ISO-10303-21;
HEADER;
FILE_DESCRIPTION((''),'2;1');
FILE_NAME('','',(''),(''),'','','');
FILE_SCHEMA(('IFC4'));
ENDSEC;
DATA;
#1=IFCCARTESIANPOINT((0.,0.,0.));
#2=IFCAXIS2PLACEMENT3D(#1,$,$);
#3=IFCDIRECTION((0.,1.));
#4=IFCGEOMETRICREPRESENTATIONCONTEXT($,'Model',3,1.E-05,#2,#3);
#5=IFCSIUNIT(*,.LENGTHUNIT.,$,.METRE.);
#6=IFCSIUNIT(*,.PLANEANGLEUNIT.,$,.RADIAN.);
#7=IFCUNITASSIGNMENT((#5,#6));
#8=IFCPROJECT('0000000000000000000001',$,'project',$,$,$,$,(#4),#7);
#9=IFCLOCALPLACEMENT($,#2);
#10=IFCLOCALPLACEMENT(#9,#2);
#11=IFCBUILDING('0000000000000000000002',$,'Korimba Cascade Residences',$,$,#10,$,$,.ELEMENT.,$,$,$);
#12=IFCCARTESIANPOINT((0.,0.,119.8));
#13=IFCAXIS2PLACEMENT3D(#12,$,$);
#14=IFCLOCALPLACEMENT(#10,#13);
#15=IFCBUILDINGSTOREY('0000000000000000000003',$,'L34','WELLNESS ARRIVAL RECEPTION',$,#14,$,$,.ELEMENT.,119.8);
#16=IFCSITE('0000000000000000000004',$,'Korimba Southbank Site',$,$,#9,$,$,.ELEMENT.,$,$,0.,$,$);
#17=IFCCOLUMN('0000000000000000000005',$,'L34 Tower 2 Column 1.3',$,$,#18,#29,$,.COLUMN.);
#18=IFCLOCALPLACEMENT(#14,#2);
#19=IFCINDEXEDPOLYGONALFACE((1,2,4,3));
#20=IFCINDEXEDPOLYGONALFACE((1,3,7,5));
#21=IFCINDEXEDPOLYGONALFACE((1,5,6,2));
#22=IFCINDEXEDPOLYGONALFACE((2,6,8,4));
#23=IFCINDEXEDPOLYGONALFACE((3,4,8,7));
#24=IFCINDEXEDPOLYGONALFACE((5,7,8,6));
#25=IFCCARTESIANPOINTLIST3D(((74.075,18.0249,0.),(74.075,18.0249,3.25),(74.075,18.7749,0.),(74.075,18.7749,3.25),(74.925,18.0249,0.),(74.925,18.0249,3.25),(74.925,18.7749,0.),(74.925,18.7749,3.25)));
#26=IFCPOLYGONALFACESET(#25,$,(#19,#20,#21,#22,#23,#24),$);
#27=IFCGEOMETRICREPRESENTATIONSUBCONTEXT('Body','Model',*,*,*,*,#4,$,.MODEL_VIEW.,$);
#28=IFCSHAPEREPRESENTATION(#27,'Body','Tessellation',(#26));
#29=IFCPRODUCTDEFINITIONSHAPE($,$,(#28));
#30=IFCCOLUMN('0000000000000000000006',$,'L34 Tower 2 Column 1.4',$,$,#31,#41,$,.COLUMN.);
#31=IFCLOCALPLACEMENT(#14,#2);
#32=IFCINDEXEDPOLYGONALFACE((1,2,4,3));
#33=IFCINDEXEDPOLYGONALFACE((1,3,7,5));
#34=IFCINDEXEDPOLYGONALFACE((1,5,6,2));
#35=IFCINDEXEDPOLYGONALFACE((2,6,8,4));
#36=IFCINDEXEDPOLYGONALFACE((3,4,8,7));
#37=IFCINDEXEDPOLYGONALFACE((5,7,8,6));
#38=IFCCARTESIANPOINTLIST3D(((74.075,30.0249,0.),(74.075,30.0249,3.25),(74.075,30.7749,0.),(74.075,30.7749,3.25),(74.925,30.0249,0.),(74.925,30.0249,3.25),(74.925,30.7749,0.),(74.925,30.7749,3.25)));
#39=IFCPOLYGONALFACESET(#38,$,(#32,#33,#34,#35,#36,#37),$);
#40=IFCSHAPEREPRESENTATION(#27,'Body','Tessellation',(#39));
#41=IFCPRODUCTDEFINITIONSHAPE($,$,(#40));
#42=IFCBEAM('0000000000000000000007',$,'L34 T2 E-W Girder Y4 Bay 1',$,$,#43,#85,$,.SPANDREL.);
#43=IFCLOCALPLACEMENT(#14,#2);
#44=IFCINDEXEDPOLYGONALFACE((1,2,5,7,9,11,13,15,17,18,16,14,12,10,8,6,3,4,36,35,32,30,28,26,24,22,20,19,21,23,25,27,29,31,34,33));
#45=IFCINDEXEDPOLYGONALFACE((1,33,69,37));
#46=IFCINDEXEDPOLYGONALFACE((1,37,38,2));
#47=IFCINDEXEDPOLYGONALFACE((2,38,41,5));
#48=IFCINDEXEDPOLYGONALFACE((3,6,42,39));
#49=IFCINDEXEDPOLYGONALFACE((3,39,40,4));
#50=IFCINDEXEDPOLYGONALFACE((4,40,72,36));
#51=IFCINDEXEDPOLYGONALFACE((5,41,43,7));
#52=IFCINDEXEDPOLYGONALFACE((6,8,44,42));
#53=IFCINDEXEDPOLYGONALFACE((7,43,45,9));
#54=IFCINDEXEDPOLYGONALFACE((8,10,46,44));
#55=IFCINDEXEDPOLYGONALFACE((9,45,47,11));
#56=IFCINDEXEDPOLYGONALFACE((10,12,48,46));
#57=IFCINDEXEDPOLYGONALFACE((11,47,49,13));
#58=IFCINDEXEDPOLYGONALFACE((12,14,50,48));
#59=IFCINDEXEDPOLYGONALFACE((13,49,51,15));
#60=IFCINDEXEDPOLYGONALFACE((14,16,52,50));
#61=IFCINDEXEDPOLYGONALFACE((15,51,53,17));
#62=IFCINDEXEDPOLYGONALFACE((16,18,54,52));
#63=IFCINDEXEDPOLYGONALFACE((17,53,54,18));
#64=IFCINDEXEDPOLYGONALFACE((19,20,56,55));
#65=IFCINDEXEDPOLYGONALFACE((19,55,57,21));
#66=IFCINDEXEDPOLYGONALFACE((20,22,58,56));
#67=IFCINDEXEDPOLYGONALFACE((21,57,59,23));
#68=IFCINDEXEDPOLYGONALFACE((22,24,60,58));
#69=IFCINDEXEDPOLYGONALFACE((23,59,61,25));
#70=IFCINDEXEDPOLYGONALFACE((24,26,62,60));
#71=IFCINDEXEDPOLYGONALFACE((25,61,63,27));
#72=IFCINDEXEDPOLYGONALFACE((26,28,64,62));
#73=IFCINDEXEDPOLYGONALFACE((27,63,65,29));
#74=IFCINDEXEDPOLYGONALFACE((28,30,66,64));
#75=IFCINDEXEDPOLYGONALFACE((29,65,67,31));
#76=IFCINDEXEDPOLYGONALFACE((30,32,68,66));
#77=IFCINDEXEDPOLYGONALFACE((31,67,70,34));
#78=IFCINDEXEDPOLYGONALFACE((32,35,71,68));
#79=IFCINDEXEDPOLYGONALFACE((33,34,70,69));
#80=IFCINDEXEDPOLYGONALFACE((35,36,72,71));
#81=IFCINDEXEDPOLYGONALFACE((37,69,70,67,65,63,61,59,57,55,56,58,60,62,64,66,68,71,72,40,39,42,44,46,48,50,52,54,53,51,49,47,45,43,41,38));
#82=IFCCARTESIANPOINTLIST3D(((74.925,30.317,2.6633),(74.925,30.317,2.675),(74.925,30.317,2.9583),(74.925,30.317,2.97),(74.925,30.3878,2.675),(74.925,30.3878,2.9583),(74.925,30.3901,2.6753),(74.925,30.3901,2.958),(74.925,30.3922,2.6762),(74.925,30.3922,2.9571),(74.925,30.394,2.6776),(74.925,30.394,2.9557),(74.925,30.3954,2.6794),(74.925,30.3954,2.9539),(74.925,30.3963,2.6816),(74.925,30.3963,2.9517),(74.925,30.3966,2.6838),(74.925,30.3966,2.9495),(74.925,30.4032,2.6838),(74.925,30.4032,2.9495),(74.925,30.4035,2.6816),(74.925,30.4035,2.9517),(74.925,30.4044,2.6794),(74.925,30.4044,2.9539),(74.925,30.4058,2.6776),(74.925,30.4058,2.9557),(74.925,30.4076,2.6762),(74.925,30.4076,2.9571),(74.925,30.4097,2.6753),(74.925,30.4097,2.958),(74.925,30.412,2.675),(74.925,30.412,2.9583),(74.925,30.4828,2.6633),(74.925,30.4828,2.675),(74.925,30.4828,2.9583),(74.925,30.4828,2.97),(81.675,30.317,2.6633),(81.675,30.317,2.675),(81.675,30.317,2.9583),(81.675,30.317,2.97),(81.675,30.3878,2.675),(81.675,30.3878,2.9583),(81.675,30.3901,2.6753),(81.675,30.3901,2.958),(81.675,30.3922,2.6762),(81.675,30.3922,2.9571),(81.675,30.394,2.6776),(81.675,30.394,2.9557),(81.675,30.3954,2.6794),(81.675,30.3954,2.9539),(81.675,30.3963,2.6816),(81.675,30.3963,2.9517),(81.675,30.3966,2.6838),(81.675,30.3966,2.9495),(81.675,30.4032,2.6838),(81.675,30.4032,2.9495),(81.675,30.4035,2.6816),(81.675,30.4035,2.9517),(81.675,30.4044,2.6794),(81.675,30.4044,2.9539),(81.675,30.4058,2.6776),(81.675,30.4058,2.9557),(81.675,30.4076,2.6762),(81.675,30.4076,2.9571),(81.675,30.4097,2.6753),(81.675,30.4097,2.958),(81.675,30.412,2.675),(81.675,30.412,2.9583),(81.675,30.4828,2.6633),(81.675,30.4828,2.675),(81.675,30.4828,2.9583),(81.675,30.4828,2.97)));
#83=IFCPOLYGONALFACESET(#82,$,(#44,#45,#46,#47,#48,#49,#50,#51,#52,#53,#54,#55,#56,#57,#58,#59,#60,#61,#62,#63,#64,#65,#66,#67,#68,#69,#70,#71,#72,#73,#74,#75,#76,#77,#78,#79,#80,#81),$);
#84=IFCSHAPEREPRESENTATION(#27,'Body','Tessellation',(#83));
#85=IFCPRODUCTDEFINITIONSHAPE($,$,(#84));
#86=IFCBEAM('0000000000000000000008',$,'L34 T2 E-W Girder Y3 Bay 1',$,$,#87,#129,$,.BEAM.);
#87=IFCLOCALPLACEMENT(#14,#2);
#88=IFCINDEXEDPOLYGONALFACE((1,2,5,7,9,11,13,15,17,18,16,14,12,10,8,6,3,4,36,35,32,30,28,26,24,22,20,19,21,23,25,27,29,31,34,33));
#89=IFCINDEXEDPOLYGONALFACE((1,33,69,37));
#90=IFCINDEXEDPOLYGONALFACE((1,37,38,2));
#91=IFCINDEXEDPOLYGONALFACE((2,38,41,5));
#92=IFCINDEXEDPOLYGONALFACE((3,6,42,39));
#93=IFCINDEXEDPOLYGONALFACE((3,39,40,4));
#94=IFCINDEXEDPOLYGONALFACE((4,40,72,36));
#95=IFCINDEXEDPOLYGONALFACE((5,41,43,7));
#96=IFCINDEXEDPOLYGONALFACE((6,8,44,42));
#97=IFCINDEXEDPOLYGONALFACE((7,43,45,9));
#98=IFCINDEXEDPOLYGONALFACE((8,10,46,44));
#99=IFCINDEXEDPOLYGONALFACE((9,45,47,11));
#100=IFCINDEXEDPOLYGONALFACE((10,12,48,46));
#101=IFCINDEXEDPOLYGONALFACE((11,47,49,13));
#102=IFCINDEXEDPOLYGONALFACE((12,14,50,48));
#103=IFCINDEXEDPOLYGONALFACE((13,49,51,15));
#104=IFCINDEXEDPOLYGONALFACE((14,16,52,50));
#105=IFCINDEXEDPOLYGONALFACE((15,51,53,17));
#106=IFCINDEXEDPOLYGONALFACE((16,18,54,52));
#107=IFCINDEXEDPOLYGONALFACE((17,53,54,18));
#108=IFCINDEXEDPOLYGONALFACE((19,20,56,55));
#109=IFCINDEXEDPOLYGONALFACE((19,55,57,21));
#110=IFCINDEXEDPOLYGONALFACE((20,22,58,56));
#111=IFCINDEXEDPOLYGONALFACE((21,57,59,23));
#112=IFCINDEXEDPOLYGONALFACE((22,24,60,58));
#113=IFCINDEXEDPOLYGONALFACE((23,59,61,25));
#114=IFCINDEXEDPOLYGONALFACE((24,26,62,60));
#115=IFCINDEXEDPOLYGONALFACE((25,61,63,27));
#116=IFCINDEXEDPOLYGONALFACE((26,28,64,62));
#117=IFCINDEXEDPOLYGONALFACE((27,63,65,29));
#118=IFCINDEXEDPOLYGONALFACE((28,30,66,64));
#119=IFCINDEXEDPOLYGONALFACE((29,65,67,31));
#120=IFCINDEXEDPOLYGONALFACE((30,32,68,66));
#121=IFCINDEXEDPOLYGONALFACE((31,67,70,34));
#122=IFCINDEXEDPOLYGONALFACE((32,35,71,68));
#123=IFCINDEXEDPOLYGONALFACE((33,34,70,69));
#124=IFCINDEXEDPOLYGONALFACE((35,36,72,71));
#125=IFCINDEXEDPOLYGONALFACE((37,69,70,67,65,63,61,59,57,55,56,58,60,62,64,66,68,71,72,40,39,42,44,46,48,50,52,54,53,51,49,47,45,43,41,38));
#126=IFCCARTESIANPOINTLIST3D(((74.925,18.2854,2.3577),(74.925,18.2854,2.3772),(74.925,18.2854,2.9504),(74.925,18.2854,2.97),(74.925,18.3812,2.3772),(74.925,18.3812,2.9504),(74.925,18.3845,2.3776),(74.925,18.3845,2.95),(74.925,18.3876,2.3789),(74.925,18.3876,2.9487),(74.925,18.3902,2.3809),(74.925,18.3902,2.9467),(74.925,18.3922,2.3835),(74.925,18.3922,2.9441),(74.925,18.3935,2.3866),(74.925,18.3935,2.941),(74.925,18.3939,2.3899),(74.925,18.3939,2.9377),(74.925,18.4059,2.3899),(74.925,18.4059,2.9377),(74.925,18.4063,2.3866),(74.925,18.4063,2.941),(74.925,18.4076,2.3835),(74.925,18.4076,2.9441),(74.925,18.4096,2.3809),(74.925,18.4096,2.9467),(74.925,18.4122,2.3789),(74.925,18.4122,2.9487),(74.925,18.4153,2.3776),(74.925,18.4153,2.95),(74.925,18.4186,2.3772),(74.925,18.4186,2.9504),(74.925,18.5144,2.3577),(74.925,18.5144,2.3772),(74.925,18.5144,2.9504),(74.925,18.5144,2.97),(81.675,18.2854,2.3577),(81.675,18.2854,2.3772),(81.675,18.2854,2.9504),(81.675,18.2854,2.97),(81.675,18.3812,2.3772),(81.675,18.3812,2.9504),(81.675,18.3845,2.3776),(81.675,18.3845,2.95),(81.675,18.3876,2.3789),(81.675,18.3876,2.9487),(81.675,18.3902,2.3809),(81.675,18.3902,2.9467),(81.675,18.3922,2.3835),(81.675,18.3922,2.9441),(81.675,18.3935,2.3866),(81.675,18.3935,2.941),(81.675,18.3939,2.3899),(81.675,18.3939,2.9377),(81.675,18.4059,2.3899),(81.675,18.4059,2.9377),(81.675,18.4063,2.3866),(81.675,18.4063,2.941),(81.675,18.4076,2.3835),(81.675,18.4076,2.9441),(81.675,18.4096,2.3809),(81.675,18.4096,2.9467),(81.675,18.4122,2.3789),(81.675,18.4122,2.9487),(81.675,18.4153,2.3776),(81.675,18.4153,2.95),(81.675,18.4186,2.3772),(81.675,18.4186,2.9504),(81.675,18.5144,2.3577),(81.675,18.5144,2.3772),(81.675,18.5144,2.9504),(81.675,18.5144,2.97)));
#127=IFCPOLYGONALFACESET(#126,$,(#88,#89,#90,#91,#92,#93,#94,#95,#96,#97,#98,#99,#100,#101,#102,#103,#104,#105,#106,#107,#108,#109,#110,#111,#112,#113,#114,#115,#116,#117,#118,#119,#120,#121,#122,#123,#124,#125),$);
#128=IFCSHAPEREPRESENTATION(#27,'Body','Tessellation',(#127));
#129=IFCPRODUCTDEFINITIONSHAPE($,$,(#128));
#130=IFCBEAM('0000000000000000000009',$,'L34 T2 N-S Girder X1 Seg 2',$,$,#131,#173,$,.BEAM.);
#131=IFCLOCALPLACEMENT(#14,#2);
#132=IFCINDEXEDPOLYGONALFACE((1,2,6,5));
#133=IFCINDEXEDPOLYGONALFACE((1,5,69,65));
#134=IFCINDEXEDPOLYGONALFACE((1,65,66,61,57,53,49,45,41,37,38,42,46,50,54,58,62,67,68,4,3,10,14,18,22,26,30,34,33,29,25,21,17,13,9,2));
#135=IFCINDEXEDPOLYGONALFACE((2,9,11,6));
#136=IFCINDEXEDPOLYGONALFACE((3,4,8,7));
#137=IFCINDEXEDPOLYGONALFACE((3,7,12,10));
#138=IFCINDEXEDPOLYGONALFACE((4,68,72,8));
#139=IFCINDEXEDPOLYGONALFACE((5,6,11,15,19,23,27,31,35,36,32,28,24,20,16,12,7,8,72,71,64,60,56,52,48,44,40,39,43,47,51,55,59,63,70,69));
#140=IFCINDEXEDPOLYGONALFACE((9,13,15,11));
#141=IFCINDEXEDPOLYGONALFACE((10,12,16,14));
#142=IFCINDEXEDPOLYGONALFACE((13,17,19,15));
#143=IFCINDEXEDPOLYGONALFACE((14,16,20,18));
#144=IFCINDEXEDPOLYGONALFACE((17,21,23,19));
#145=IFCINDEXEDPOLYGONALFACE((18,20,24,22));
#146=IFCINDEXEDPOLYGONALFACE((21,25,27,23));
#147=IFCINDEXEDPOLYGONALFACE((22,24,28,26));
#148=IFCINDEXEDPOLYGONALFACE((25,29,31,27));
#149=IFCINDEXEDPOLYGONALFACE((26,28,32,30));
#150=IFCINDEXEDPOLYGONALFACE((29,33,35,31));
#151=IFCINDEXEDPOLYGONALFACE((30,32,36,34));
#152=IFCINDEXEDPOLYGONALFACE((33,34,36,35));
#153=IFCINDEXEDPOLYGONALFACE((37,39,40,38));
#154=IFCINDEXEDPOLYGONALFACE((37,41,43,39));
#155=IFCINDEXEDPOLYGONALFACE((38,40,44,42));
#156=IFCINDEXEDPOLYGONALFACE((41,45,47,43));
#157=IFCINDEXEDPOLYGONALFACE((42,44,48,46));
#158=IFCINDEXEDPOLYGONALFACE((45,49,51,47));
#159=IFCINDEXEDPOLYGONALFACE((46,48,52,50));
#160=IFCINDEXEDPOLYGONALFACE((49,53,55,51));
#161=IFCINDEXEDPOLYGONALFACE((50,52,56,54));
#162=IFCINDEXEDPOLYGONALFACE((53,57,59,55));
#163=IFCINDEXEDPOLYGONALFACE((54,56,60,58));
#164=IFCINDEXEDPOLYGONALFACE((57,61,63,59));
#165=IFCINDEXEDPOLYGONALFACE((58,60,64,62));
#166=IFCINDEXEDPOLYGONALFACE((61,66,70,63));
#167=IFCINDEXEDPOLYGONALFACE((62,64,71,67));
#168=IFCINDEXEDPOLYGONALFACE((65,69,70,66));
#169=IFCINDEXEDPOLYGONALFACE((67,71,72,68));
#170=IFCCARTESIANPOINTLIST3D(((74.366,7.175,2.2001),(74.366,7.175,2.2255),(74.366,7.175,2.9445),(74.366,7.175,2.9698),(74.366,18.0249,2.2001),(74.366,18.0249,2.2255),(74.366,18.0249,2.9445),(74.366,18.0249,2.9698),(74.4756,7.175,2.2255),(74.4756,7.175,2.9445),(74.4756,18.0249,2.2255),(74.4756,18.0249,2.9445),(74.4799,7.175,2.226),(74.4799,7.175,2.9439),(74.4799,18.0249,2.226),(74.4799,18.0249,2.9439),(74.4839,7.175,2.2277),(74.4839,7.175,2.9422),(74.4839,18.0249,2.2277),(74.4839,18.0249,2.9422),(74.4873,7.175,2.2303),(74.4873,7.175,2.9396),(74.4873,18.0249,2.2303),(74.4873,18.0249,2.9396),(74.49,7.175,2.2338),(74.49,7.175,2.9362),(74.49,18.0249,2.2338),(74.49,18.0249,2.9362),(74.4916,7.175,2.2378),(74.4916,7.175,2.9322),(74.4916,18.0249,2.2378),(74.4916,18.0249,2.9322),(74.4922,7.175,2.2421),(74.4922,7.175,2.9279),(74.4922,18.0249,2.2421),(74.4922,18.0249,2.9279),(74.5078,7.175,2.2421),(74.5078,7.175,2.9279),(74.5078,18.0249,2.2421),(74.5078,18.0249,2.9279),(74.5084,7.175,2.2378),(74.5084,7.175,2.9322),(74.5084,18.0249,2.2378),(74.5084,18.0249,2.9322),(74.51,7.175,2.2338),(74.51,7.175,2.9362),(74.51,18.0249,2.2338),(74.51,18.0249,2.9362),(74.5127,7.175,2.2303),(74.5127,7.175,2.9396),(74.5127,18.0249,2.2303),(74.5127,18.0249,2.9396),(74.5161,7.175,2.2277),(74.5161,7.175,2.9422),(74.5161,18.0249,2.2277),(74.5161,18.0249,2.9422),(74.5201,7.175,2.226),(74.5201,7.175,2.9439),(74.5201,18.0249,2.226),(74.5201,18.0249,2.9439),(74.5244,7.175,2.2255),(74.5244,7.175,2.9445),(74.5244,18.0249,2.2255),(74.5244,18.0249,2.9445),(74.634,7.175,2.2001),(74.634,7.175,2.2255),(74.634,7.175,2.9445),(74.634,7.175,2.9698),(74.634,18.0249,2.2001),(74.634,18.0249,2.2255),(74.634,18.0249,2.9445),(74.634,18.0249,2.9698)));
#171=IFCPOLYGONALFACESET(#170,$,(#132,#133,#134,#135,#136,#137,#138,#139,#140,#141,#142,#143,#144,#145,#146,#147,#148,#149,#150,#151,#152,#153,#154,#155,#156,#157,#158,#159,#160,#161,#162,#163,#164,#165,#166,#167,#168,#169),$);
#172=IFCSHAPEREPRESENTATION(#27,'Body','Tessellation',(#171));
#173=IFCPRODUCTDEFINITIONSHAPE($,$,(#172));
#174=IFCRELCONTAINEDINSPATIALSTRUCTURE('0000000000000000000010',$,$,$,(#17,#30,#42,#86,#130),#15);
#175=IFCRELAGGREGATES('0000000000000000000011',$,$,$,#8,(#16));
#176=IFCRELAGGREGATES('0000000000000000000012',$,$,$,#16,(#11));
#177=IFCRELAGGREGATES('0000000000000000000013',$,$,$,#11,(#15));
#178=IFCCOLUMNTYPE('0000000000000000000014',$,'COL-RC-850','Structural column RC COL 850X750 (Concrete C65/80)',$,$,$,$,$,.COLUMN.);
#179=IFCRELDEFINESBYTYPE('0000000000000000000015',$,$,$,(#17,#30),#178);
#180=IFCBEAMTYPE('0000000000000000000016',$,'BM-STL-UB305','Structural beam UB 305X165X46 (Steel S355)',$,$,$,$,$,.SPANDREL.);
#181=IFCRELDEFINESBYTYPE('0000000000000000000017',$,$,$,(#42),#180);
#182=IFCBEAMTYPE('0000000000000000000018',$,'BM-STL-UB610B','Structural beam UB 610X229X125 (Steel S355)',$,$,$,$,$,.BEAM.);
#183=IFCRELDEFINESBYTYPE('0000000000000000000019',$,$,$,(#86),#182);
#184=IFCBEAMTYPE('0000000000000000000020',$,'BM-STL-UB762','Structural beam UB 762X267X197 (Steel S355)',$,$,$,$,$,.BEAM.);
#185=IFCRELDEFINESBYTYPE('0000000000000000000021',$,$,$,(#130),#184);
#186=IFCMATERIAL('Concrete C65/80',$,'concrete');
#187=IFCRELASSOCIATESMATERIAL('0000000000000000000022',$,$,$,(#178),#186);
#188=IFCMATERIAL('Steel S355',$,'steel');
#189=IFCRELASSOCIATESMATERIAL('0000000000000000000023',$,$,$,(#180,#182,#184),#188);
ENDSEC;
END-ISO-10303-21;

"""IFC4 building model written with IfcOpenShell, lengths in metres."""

from ifc_helpers import new_model, si_unit, direction, frame, origin, origin_2d, place, context, subcontext, project, spatial, rectangle, i_section, extrude, material, material_profile, profile_set, type_object, element, save


model = new_model("IFC4")

# Units and contexts
model_context = context("Model", 3, precision=1e-05, world=origin(), true_north=direction((0.0, 1.0)))
body_context = subcontext(model_context, "Body", "Model", "MODEL_VIEW")
ifc_project = project(units=[si_unit("LENGTHUNIT", "METRE"), si_unit("PLANEANGLEUNIT", "RADIAN")], contexts=[model_context])

# Site, building, storey
site_placement = place(None, origin())
site = spatial("IfcSite", under=ifc_project, at=site_placement, Name="Korimba Southbank Site", CompositionType="ELEMENT", RefElevation=0.0)
building_placement = place(site_placement, origin())
building = spatial("IfcBuilding", under=site, at=building_placement, Name="Korimba Cascade Residences", CompositionType="ELEMENT")
storey_placement = place(building_placement, frame((0.0, 0.0, 119.8)))
storey = spatial("IfcBuildingStorey", under=building, at=storey_placement, Name="L34", Description="WELLNESS ARRIVAL RECEPTION", CompositionType="ELEMENT", Elevation=119.8)

# Columns
ifc_material_1 = material(Name="Concrete C65/80", Category="concrete")
ifc_material_profile_1 = material_profile(ifc_material_1, rectangle(XDim=0.8501, YDim=0.75, at=origin_2d()), Name="Concrete C65/80")
ifc_profile_set_1 = profile_set([ifc_material_profile_1], Name="Concrete C65/80")
column_type = type_object("IfcColumnType", Name="COL-RC-850", Description="Structural column RC COL 850X750 (Concrete C65/80)", PredefinedType="COLUMN", material=ifc_profile_set_1)
for number, where, z_axis, x_axis, name in (
    (1, (74.5, 18.3999, 0.0), (0.0, 0.0, 1.0), (1.0, 0.0, 0.0), "L34 Tower 2 Column 1.3"),
    (2, (74.5, 30.3999, 0.0), (0.0, 0.0, 1.0), (1.0, 0.0, 0.0), "L34 Tower 2 Column 1.4"),
):
    element("IfcColumn", number, at=place(storey_placement, frame(where, z_axis=z_axis, x_axis=x_axis)), inside=storey, type_object=column_type, Name=name, PredefinedType="COLUMN", context=body_context, shape_type="SweptSolid", body=[
        extrude(rectangle(XDim=0.8501, YDim=0.75, at=origin_2d()), origin(), (0.0, 0.0, 1.0), 3.25),
    ])

# Beams
ifc_material_2 = material(Name="Steel S355", Category="steel")
ifc_material_profile_2 = material_profile(ifc_material_2, i_section(OverallWidth=0.1658, OverallDepth=0.3066, WebThickness=0.0066, FlangeThickness=0.0117, FilletRadius=0.0088, at=origin_2d()), Name="Steel S355")
ifc_profile_set_2 = profile_set([ifc_material_profile_2], Name="Steel S355")
beam_type_1 = type_object("IfcBeamType", Name="BM-STL-UB305", Description="Structural beam UB 305X165X46 (Steel S355)", PredefinedType="SPANDREL", material=ifc_profile_set_2)
beam_1_placement = place(storey_placement, frame((74.925, 30.3999, 2.8167), z_axis=(1.0, 0.0, 0.0), x_axis=(0.0, 1.0, 0.0)))
element("IfcBeam", 3, at=beam_1_placement, inside=storey, type_object=beam_type_1, Name="L34 T2 E-W Girder Y4 Bay 1", PredefinedType="SPANDREL", context=body_context, shape_type="SweptSolid", body=[
    extrude(i_section(OverallWidth=0.1658, OverallDepth=0.3066, WebThickness=0.0066, FlangeThickness=0.0117, FilletRadius=0.0088, at=origin_2d()), origin(), (0.0, 0.0, 1.0), 6.75),
])
ifc_material_profile_3 = material_profile(ifc_material_2, i_section(OverallWidth=0.229, OverallDepth=0.6123, WebThickness=0.012, FlangeThickness=0.0195, FilletRadius=0.0127, at=origin_2d()), Name="Steel S355")
ifc_profile_set_3 = profile_set([ifc_material_profile_3], Name="Steel S355")
beam_type_2 = type_object("IfcBeamType", Name="BM-STL-UB610B", Description="Structural beam UB 610X229X125 (Steel S355)", PredefinedType="BEAM", material=ifc_profile_set_3)
beam_2_placement = place(storey_placement, frame((74.925, 18.3999, 2.6638), z_axis=(1.0, 0.0, 0.0), x_axis=(0.0, 1.0, 0.0)))
element("IfcBeam", 4, at=beam_2_placement, inside=storey, type_object=beam_type_2, Name="L34 T2 E-W Girder Y3 Bay 1", PredefinedType="BEAM", context=body_context, shape_type="SweptSolid", body=[
    extrude(i_section(OverallWidth=0.229, OverallDepth=0.6123, WebThickness=0.012, FlangeThickness=0.0195, FilletRadius=0.0127, at=origin_2d()), origin(), (0.0, 0.0, 1.0), 6.75),
])
ifc_material_profile_4 = material_profile(ifc_material_2, i_section(OverallWidth=0.2681, OverallDepth=0.7698, WebThickness=0.0156, FlangeThickness=0.0254, FilletRadius=0.0166, at=origin_2d()), Name="Steel S355")
ifc_profile_set_4 = profile_set([ifc_material_profile_4], Name="Steel S355")
beam_type_3 = type_object("IfcBeamType", Name="BM-STL-UB762", Description="Structural beam UB 762X267X197 (Steel S355)", PredefinedType="BEAM", material=ifc_profile_set_4)
beam_3_placement = place(storey_placement, frame((74.5, 7.175, 2.585), z_axis=(0.0, 1.0, 0.0), x_axis=(-1.0, 0.0, 0.0)))
element("IfcBeam", 5, at=beam_3_placement, inside=storey, type_object=beam_type_3, Name="L34 T2 N-S Girder X1 Seg 2", PredefinedType="BEAM", context=body_context, shape_type="SweptSolid", body=[
    extrude(i_section(OverallWidth=0.2681, OverallDepth=0.7698, WebThickness=0.0156, FlangeThickness=0.0254, FilletRadius=0.0166, at=origin_2d()), origin(), (0.0, 0.0, 1.0), 10.8499),
])

save(model, "model.ifc")
